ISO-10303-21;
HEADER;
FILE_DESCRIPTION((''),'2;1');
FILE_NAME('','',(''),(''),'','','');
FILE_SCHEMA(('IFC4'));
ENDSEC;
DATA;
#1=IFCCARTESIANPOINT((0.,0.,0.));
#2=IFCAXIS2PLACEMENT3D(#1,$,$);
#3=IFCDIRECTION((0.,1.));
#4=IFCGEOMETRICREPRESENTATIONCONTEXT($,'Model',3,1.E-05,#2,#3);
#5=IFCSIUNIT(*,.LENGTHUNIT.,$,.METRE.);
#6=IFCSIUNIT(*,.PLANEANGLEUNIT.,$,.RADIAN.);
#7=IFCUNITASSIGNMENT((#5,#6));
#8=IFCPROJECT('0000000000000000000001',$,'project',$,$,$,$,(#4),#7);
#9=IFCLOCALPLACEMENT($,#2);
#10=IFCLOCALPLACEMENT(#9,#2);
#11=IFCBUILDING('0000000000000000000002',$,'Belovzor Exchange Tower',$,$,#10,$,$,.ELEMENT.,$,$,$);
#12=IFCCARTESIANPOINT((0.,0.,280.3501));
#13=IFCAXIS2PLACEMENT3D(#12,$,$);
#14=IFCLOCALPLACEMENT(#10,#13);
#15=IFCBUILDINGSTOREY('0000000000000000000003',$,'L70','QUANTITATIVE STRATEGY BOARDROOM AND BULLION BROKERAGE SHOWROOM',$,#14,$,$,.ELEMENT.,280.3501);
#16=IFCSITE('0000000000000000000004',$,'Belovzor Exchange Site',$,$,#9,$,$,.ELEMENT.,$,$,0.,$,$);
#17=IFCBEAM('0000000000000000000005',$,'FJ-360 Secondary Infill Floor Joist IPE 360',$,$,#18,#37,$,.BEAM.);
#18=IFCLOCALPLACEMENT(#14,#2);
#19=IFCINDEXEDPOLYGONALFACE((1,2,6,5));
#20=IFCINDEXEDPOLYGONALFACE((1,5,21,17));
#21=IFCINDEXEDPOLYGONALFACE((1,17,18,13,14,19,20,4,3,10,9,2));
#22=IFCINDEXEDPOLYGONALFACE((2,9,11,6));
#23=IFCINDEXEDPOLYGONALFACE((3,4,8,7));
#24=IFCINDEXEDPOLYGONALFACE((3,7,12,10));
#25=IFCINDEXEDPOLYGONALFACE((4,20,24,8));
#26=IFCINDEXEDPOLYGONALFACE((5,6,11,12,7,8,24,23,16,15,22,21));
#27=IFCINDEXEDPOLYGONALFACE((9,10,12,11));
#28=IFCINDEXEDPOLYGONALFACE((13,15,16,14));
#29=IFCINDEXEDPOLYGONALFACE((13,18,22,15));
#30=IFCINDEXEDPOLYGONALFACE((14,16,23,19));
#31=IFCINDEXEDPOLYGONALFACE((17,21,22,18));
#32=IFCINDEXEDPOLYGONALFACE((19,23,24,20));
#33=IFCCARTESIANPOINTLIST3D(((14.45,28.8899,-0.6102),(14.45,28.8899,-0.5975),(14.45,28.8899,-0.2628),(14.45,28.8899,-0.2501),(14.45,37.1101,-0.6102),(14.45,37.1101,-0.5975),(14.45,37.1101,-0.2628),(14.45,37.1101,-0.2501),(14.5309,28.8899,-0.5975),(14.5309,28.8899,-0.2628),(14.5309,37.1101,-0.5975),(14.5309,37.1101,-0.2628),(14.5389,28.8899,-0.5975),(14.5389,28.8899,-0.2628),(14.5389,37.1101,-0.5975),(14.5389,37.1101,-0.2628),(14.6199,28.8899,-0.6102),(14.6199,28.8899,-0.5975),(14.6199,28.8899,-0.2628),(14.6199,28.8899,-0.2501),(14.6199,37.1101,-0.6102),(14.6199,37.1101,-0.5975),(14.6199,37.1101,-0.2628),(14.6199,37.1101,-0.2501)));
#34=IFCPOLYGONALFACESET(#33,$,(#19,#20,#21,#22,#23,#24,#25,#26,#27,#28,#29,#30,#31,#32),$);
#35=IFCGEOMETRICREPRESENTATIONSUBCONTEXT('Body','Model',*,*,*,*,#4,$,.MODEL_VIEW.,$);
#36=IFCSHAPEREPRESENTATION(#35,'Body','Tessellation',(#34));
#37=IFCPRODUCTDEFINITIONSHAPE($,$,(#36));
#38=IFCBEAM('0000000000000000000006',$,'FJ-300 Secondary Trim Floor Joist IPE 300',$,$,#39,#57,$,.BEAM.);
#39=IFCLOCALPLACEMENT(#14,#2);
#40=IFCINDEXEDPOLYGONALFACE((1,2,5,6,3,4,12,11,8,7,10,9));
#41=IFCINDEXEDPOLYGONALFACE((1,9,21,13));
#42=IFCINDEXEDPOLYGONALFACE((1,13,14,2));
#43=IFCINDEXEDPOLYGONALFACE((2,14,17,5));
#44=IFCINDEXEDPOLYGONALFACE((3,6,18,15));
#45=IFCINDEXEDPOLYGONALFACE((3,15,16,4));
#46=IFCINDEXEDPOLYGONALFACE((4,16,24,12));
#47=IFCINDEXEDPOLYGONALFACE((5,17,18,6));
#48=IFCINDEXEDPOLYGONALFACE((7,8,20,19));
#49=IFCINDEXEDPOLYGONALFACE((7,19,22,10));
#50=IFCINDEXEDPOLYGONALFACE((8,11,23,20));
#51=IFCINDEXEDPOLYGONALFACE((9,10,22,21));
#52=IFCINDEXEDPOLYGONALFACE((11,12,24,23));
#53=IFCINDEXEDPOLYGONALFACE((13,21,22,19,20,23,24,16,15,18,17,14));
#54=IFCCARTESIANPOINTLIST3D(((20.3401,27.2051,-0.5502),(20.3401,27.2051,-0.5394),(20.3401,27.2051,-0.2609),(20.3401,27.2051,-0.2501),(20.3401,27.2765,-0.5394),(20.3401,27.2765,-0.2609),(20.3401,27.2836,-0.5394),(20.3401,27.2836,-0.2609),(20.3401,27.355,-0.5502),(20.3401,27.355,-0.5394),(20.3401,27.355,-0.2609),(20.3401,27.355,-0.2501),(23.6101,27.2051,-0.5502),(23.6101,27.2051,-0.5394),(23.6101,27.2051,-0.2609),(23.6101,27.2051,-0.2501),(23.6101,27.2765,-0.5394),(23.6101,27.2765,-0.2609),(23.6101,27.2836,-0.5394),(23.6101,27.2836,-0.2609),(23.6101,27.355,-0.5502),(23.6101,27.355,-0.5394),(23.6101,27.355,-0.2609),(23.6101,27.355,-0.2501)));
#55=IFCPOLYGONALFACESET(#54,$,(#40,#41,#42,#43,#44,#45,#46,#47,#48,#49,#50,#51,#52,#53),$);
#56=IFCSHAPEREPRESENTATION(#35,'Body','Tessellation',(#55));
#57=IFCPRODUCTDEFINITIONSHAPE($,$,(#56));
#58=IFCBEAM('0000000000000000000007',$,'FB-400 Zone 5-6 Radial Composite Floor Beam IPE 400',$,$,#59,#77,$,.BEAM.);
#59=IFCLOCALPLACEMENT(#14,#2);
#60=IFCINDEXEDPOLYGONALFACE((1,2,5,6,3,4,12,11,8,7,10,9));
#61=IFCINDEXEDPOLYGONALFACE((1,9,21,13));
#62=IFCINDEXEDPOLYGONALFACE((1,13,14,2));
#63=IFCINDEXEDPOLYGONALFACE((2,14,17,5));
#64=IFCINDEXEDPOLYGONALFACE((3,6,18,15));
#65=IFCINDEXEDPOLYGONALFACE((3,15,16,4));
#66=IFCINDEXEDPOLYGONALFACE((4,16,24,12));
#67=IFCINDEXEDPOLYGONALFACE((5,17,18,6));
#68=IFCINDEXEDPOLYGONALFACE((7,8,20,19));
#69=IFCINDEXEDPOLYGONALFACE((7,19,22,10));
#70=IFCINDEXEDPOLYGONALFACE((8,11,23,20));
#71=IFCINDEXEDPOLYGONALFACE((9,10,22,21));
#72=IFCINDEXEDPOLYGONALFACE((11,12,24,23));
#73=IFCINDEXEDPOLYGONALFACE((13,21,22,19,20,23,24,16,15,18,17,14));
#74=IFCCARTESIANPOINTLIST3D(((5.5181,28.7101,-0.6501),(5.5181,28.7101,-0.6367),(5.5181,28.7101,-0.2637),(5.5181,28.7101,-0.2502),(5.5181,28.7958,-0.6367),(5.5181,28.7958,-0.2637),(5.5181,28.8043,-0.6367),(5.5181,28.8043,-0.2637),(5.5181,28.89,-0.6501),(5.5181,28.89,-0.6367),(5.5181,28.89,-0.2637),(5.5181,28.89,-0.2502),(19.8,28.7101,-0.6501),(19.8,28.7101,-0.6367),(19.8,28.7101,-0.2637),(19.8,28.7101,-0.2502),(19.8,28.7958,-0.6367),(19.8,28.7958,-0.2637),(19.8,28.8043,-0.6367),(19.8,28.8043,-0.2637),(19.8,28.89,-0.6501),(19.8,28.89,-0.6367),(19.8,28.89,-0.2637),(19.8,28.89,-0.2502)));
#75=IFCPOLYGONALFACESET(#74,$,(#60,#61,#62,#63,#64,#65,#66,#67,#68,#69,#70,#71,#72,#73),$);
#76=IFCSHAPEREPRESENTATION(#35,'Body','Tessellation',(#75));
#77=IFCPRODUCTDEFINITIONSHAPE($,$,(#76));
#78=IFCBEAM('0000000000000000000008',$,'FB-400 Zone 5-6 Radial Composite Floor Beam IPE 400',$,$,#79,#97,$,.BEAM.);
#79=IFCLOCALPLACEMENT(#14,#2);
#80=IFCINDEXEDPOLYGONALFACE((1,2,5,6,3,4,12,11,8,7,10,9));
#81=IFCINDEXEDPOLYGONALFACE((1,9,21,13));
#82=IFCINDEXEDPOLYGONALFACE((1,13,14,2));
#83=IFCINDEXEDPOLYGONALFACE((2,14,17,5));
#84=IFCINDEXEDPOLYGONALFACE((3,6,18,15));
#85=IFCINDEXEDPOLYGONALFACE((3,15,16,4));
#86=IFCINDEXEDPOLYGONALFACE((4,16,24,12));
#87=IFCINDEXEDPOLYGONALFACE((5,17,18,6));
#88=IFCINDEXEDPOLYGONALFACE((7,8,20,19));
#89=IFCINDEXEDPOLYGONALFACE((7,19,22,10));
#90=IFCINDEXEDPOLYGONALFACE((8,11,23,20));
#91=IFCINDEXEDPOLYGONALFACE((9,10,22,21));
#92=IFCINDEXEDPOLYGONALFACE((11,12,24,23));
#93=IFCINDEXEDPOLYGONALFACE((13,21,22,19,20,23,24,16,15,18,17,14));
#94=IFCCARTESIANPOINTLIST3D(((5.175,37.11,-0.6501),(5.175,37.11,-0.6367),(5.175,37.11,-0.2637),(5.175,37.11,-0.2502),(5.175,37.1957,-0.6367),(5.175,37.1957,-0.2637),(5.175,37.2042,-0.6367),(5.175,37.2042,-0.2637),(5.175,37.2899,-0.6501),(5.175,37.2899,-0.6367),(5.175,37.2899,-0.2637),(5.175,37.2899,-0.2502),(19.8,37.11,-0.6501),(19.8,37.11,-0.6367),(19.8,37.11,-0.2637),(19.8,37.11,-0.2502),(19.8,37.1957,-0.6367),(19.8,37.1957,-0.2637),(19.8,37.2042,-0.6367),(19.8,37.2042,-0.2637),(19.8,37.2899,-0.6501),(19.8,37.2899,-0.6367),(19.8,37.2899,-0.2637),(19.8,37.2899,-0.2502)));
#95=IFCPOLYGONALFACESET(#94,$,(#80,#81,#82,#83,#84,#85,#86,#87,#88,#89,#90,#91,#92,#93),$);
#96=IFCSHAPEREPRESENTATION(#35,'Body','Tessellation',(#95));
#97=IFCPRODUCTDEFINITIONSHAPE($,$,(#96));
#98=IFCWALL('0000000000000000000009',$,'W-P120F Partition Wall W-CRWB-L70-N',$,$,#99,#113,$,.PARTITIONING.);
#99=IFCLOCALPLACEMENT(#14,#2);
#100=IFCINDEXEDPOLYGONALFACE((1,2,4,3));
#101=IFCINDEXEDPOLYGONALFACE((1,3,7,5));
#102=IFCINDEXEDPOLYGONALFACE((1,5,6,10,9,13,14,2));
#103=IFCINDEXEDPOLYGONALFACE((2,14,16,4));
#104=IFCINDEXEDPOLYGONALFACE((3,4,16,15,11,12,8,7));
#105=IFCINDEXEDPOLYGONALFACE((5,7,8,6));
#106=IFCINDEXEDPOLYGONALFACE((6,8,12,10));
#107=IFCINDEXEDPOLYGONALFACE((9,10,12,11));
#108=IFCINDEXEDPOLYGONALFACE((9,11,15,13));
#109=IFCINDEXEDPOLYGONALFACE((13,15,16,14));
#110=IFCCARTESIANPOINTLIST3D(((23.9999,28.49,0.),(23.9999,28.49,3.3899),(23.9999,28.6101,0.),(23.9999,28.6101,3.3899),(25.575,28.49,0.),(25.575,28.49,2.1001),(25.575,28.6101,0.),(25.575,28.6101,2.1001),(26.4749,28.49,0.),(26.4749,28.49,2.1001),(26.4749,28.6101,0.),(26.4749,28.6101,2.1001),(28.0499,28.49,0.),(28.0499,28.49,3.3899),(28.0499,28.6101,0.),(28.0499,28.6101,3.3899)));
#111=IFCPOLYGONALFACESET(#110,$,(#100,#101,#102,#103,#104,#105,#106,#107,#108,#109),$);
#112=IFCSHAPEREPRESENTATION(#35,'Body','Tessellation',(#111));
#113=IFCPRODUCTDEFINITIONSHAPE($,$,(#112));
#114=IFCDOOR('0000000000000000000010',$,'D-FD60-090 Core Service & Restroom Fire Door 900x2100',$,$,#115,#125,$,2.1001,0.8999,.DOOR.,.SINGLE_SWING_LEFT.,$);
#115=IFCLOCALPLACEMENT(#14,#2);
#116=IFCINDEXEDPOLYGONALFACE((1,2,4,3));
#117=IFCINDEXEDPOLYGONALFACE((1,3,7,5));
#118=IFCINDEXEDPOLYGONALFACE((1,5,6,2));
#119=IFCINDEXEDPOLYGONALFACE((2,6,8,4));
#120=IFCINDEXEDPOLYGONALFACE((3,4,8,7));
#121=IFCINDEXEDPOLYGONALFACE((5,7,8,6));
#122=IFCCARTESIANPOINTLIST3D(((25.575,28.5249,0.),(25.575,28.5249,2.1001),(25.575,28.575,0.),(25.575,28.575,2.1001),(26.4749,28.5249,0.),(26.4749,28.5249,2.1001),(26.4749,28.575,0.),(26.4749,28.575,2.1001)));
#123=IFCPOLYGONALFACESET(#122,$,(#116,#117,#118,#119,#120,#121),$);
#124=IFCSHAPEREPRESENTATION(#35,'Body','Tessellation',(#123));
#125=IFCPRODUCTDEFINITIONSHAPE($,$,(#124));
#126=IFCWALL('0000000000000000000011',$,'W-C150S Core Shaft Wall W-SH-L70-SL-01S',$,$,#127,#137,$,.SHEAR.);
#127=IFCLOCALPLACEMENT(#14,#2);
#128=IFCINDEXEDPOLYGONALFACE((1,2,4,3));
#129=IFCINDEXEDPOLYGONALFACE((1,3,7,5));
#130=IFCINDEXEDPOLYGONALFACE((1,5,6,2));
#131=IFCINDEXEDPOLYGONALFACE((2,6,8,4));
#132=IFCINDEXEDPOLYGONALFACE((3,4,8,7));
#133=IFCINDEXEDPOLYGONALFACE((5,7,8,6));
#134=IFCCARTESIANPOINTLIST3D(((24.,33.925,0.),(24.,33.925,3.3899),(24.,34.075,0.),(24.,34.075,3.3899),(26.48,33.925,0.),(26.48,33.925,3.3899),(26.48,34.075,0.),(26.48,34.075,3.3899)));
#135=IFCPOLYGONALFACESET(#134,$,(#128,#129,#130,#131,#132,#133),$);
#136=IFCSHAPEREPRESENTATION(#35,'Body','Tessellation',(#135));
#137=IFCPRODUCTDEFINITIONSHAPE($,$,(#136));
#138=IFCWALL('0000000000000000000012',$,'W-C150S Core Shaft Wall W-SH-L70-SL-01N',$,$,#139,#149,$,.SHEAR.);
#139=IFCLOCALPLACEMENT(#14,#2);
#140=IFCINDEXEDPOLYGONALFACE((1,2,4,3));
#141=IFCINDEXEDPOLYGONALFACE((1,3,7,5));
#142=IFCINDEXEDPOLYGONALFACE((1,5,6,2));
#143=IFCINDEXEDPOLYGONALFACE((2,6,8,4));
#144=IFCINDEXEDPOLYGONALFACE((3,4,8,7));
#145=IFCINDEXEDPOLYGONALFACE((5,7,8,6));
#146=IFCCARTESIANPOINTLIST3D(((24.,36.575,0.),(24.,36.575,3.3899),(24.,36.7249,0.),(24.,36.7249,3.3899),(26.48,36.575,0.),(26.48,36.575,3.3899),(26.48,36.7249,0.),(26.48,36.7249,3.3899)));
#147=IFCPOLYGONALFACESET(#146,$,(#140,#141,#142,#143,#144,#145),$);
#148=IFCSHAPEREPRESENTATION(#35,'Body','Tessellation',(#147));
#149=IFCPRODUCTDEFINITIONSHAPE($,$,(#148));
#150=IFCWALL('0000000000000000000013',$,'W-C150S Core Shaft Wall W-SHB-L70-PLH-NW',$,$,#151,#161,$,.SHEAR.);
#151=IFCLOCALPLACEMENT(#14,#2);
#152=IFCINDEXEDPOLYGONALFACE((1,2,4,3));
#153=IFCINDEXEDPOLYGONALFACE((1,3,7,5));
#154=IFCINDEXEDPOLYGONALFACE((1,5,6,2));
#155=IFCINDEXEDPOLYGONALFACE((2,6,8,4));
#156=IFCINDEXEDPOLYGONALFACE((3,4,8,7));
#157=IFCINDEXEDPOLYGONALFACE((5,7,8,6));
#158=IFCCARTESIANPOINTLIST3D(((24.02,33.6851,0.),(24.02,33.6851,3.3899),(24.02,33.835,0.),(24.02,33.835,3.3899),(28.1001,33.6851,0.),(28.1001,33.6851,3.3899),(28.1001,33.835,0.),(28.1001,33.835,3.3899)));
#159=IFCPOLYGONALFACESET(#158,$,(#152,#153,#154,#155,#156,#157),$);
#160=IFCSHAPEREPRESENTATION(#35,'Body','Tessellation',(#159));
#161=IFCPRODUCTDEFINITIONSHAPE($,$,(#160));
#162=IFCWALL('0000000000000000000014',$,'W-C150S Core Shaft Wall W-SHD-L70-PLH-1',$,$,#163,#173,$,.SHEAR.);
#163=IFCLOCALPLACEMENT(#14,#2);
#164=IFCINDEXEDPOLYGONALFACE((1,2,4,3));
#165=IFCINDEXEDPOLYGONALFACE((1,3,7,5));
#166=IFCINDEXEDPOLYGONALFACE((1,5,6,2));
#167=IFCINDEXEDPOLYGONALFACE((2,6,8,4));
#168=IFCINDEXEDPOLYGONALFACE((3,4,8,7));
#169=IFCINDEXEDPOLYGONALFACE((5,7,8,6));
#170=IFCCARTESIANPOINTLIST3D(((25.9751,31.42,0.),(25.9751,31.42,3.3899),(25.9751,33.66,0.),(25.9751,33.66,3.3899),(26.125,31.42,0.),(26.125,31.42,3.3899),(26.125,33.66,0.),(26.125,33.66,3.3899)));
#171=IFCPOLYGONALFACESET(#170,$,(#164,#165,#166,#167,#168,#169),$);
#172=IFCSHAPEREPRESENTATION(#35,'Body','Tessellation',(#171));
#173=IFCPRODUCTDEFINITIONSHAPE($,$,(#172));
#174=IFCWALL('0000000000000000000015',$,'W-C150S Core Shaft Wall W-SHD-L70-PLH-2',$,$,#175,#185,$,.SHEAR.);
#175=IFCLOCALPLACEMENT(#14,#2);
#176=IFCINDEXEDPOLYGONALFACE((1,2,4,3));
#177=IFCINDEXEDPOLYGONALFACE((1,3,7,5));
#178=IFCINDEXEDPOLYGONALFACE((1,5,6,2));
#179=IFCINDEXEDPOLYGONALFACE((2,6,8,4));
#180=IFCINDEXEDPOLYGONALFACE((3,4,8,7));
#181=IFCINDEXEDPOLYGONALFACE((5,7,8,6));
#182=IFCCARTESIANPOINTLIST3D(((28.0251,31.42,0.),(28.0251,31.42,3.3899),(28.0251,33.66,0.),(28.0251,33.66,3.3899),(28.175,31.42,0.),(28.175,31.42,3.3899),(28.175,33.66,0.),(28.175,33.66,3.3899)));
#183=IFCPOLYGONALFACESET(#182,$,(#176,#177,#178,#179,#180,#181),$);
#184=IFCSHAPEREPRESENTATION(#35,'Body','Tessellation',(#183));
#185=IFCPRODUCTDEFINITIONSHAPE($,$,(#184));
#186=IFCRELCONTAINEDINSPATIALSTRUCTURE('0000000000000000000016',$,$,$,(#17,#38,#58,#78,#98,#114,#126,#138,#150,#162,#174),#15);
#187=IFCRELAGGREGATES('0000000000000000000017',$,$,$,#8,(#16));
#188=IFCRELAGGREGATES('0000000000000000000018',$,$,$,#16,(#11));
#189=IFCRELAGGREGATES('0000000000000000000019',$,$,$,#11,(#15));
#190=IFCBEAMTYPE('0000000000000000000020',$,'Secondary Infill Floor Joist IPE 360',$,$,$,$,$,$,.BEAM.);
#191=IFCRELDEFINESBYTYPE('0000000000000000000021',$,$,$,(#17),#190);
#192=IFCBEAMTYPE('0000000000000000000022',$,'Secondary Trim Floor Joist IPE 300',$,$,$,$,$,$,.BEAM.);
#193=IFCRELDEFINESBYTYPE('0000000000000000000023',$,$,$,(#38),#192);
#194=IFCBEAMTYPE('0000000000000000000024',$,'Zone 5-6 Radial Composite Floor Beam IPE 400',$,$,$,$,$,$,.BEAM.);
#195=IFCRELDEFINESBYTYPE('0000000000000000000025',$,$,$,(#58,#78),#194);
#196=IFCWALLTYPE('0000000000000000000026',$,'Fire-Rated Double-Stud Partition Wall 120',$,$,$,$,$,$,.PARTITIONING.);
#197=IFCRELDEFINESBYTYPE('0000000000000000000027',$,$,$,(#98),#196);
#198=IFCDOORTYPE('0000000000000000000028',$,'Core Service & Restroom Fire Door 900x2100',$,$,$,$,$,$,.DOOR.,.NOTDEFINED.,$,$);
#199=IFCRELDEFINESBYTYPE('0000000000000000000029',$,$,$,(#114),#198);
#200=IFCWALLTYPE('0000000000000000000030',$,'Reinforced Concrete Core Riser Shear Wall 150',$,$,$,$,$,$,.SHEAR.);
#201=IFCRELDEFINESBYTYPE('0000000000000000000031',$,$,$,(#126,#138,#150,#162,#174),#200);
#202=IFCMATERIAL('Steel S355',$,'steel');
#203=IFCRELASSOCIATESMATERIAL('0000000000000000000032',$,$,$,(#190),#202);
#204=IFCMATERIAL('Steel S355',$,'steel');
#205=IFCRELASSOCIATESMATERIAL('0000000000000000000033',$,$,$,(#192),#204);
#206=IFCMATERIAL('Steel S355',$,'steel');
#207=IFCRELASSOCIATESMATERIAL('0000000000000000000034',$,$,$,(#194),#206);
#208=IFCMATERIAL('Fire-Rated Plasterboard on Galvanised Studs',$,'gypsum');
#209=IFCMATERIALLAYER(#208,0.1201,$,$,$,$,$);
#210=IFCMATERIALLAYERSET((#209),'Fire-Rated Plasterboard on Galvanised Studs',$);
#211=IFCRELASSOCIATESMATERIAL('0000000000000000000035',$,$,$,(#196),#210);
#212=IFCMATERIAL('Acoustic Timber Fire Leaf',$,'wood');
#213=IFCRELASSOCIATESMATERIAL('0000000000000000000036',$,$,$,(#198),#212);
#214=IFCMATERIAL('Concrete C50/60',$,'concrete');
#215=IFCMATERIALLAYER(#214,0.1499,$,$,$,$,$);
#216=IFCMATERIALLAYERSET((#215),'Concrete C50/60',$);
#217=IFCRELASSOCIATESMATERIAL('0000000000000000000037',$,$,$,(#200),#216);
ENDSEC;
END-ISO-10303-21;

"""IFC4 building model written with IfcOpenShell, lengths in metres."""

from ifc_helpers import new_model, si_unit, direction, frame, frame_2d, origin, origin_2d, place, context, subcontext, project, spatial, rectangle, i_section, extrude, material, layer, layer_set, material_profile, profile_set, type_object, element, fill, save


model = new_model("IFC4")

# Units and contexts
model_context = context("Model", 3, precision=1e-05, world=origin(), true_north=direction((0.0, 1.0)))
body_context = subcontext(model_context, "Body", "Model", "MODEL_VIEW")
ifc_project = project(units=[si_unit("LENGTHUNIT", "METRE"), si_unit("PLANEANGLEUNIT", "RADIAN")], contexts=[model_context])

# Site, building, storey
site_placement = place(None, origin())
site = spatial("IfcSite", under=ifc_project, at=site_placement, Name="Belovzor Exchange Site", CompositionType="ELEMENT", RefElevation=0.0)
building_placement = place(site_placement, origin())
building = spatial("IfcBuilding", under=site, at=building_placement, Name="Belovzor Exchange Tower", CompositionType="ELEMENT")
storey_placement = place(building_placement, frame((0.0, 0.0, 280.3501)))
storey = spatial("IfcBuildingStorey", under=building, at=storey_placement, Name="L70", Description="QUANTITATIVE STRATEGY BOARDROOM AND BULLION BROKERAGE SHOWROOM", CompositionType="ELEMENT", Elevation=280.3501)

# Beams
ifc_material_1 = material(Name="Steel S355", Category="steel")
ifc_material_profile_1 = material_profile(ifc_material_1, i_section(OverallWidth=0.1699, OverallDepth=0.3601, WebThickness=0.0081, FlangeThickness=0.0127, at=origin_2d()))
ifc_profile_set_1 = profile_set([ifc_material_profile_1], Name="Steel S355")
beam_type_1 = type_object("IfcBeamType", Name="Secondary Infill Floor Joist IPE 360", PredefinedType="BEAM", material=ifc_profile_set_1)
beam_1_placement = place(storey_placement, frame((14.5349, 28.8899, -0.4302), z_axis=(0.0, 1.0, 0.0), x_axis=(-1.0, 0.0, 0.0)))
element("IfcBeam", 1, at=beam_1_placement, inside=storey, type_object=beam_type_1, Name="FJ-360 Secondary Infill Floor Joist IPE 360", PredefinedType="BEAM", context=body_context, shape_type="SweptSolid", body=[
    extrude(i_section(OverallWidth=0.1699, OverallDepth=0.3601, WebThickness=0.0081, FlangeThickness=0.0127, at=origin_2d()), origin(), (0.0, 0.0, 1.0), 8.2202),
])
ifc_material_2 = material(Name="Steel S355", Category="steel")
ifc_material_profile_2 = material_profile(ifc_material_2, i_section(OverallWidth=0.1499, OverallDepth=0.3, WebThickness=0.0071, FlangeThickness=0.0107, at=origin_2d()))
ifc_profile_set_2 = profile_set([ifc_material_profile_2], Name="Steel S355")
beam_type_2 = type_object("IfcBeamType", Name="Secondary Trim Floor Joist IPE 300", PredefinedType="BEAM", material=ifc_profile_set_2)
beam_2_placement = place(storey_placement, frame((20.3401, 27.28, -0.4001), z_axis=(1.0, 0.0, 0.0), x_axis=(0.0, 1.0, 0.0)))
element("IfcBeam", 2, at=beam_2_placement, inside=storey, type_object=beam_type_2, Name="FJ-300 Secondary Trim Floor Joist IPE 300", PredefinedType="BEAM", context=body_context, shape_type="SweptSolid", body=[
    extrude(i_section(OverallWidth=0.1499, OverallDepth=0.3, WebThickness=0.0071, FlangeThickness=0.0107, at=origin_2d()), origin(), (0.0, 0.0, 1.0), 3.27),
])
ifc_material_3 = material(Name="Steel S355", Category="steel")
ifc_material_profile_3 = material_profile(ifc_material_3, i_section(OverallWidth=0.1799, OverallDepth=0.3999, WebThickness=0.0085, FlangeThickness=0.0134, at=origin_2d()))
ifc_profile_set_3 = profile_set([ifc_material_profile_3], Name="Steel S355")
beam_type_3 = type_object("IfcBeamType", Name="Zone 5-6 Radial Composite Floor Beam IPE 400", PredefinedType="BEAM", material=ifc_profile_set_3)
beam_3_placement = place(storey_placement, frame((19.8, 28.8, -0.4502), z_axis=(-1.0, 0.0, 0.0), x_axis=(0.0, -1.0, 0.0)))
element("IfcBeam", 3, at=beam_3_placement, inside=storey, type_object=beam_type_3, Name="FB-400 Zone 5-6 Radial Composite Floor Beam IPE 400", PredefinedType="BEAM", context=body_context, shape_type="SweptSolid", body=[
    extrude(i_section(OverallWidth=0.1799, OverallDepth=0.3999, WebThickness=0.0085, FlangeThickness=0.0134, at=origin_2d()), origin(), (0.0, 0.0, 1.0), 14.282),
])
beam_4_placement = place(storey_placement, frame((19.8, 37.2, -0.4502), z_axis=(-1.0, 0.0, 0.0), x_axis=(0.0, -1.0, 0.0)))
element("IfcBeam", 4, at=beam_4_placement, inside=storey, type_object=beam_type_3, Name="FB-400 Zone 5-6 Radial Composite Floor Beam IPE 400", PredefinedType="BEAM", context=body_context, shape_type="SweptSolid", body=[
    extrude(i_section(OverallWidth=0.1799, OverallDepth=0.3999, WebThickness=0.0085, FlangeThickness=0.0134, at=origin_2d()), origin(), (0.0, 0.0, 1.0), 14.625),
])

# Wall, opening, door
ifc_material_4 = material(Name="Fire-Rated Plasterboard on Galvanised Studs", Category="gypsum")
ifc_layer_1 = layer(ifc_material_4, 0.1201)
ifc_layer_set_1 = layer_set([ifc_layer_1], Name="Fire-Rated Plasterboard on Galvanised Studs")
wall_type_1 = type_object("IfcWallType", Name="Fire-Rated Double-Stud Partition Wall 120", PredefinedType="PARTITIONING", material=ifc_layer_set_1)
wall_1_placement = place(storey_placement, frame((24.0, 28.55, 0.0), z_axis=(0.0, 0.0, 1.0), x_axis=(1.0, 0.0, 0.0)))
wall_1 = element("IfcWall", 5, at=wall_1_placement, inside=storey, type_object=wall_type_1, Name="W-P120F Partition Wall W-CRWB-L70-N", PredefinedType="PARTITIONING", context=body_context, shape_type="SweptSolid", body=[
    extrude(rectangle(XDim=4.05, YDim=0.1201, at=frame_2d((2.0249, 0.0))), origin(), (0.0, 0.0, 1.0), 3.3899),
])
opening_1_placement = place(wall_1_placement, frame((1.575, 0.0, 0.0)))
opening_1 = element("IfcOpeningElement", 6, at=opening_1_placement, cuts=wall_1, PredefinedType="OPENING", context=body_context, shape_type="SweptSolid", body=[
    extrude(rectangle(XDim=0.8999, YDim=2.1001, at=frame_2d((0.45, 1.05))), frame((0.0, 0.0701, 0.0), z_axis=(0.0, -1.0, 0.0), x_axis=(1.0, 0.0, 0.0)), (0.0, 0.0, 1.0), 0.1401),
])
ifc_material_5 = material(Name="Acoustic Timber Fire Leaf", Category="wood")
door_type_1 = type_object("IfcDoorType", Name="Core Service & Restroom Fire Door 900x2100", OperationType="NOTDEFINED", PredefinedType="DOOR", material=ifc_material_5)
door_1_placement = place(opening_1_placement, origin())
door_1 = element("IfcDoor", 7, at=door_1_placement, inside=storey, type_object=door_type_1, Name="D-FD60-090 Core Service & Restroom Fire Door 900x2100", OperationType="SINGLE_SWING_LEFT", OverallHeight=2.1001, OverallWidth=0.8999, PredefinedType="DOOR", context=body_context, shape_type="SweptSolid", body=[
    extrude(rectangle(XDim=0.8999, YDim=2.1001, at=frame_2d((0.45, 1.05))), frame((0.0, 0.0249, 0.0), z_axis=(0.0, -1.0, 0.0), x_axis=(1.0, 0.0, 0.0)), (0.0, 0.0, 1.0), 0.05),
])
fill(opening_1, door_1)

# Walls
ifc_material_6 = material(Name="Concrete C50/60", Category="concrete")
ifc_layer_2 = layer(ifc_material_6, 0.1499)
ifc_layer_set_2 = layer_set([ifc_layer_2], Name="Concrete C50/60")
wall_type_2 = type_object("IfcWallType", Name="Reinforced Concrete Core Riser Shear Wall 150", PredefinedType="SHEAR", material=ifc_layer_set_2)
for number, where, z_axis, x_axis, name in (
    (8, (24.0, 34.0, 0.0), (0.0, 0.0, 1.0), (1.0, 0.0, 0.0), "W-C150S Core Shaft Wall W-SH-L70-SL-01S"),
    (9, (24.0, 36.6499, 0.0), (0.0, 0.0, 1.0), (1.0, 0.0, 0.0), "W-C150S Core Shaft Wall W-SH-L70-SL-01N"),
):
    element("IfcWall", number, at=place(storey_placement, frame(where, z_axis=z_axis, x_axis=x_axis)), inside=storey, type_object=wall_type_2, Name=name, PredefinedType="SHEAR", context=body_context, shape_type="SweptSolid", body=[
        extrude(rectangle(XDim=2.48, YDim=0.1499, at=frame_2d((1.24, 0.0))), origin(), (0.0, 0.0, 1.0), 3.3899),
    ])
wall_2_placement = place(storey_placement, frame((24.02, 33.76, 0.0), z_axis=(0.0, 0.0, 1.0), x_axis=(1.0, 0.0, 0.0)))
element("IfcWall", 10, at=wall_2_placement, inside=storey, type_object=wall_type_2, Name="W-C150S Core Shaft Wall W-SHB-L70-PLH-NW", PredefinedType="SHEAR", context=body_context, shape_type="SweptSolid", body=[
    extrude(rectangle(XDim=4.0801, YDim=0.1499, at=frame_2d((2.04, 0.0))), origin(), (0.0, 0.0, 1.0), 3.3899),
])
for number, where, z_axis, x_axis, name in (
    (11, (26.05, 31.4199, 0.0), (0.0, 0.0, 1.0), (0.0, 1.0, 0.0), "W-C150S Core Shaft Wall W-SHD-L70-PLH-1"),
    (12, (28.1001, 31.4199, 0.0), (0.0, 0.0, 1.0), (0.0, 1.0, 0.0), "W-C150S Core Shaft Wall W-SHD-L70-PLH-2"),
):
    element("IfcWall", number, at=place(storey_placement, frame(where, z_axis=z_axis, x_axis=x_axis)), inside=storey, type_object=wall_type_2, Name=name, PredefinedType="SHEAR", context=body_context, shape_type="SweptSolid", body=[
        extrude(rectangle(XDim=2.24, YDim=0.1499, at=frame_2d((1.1201, 0.0))), origin(), (0.0, 0.0, 1.0), 3.3899),
    ])

save(model, "model.ifc")
